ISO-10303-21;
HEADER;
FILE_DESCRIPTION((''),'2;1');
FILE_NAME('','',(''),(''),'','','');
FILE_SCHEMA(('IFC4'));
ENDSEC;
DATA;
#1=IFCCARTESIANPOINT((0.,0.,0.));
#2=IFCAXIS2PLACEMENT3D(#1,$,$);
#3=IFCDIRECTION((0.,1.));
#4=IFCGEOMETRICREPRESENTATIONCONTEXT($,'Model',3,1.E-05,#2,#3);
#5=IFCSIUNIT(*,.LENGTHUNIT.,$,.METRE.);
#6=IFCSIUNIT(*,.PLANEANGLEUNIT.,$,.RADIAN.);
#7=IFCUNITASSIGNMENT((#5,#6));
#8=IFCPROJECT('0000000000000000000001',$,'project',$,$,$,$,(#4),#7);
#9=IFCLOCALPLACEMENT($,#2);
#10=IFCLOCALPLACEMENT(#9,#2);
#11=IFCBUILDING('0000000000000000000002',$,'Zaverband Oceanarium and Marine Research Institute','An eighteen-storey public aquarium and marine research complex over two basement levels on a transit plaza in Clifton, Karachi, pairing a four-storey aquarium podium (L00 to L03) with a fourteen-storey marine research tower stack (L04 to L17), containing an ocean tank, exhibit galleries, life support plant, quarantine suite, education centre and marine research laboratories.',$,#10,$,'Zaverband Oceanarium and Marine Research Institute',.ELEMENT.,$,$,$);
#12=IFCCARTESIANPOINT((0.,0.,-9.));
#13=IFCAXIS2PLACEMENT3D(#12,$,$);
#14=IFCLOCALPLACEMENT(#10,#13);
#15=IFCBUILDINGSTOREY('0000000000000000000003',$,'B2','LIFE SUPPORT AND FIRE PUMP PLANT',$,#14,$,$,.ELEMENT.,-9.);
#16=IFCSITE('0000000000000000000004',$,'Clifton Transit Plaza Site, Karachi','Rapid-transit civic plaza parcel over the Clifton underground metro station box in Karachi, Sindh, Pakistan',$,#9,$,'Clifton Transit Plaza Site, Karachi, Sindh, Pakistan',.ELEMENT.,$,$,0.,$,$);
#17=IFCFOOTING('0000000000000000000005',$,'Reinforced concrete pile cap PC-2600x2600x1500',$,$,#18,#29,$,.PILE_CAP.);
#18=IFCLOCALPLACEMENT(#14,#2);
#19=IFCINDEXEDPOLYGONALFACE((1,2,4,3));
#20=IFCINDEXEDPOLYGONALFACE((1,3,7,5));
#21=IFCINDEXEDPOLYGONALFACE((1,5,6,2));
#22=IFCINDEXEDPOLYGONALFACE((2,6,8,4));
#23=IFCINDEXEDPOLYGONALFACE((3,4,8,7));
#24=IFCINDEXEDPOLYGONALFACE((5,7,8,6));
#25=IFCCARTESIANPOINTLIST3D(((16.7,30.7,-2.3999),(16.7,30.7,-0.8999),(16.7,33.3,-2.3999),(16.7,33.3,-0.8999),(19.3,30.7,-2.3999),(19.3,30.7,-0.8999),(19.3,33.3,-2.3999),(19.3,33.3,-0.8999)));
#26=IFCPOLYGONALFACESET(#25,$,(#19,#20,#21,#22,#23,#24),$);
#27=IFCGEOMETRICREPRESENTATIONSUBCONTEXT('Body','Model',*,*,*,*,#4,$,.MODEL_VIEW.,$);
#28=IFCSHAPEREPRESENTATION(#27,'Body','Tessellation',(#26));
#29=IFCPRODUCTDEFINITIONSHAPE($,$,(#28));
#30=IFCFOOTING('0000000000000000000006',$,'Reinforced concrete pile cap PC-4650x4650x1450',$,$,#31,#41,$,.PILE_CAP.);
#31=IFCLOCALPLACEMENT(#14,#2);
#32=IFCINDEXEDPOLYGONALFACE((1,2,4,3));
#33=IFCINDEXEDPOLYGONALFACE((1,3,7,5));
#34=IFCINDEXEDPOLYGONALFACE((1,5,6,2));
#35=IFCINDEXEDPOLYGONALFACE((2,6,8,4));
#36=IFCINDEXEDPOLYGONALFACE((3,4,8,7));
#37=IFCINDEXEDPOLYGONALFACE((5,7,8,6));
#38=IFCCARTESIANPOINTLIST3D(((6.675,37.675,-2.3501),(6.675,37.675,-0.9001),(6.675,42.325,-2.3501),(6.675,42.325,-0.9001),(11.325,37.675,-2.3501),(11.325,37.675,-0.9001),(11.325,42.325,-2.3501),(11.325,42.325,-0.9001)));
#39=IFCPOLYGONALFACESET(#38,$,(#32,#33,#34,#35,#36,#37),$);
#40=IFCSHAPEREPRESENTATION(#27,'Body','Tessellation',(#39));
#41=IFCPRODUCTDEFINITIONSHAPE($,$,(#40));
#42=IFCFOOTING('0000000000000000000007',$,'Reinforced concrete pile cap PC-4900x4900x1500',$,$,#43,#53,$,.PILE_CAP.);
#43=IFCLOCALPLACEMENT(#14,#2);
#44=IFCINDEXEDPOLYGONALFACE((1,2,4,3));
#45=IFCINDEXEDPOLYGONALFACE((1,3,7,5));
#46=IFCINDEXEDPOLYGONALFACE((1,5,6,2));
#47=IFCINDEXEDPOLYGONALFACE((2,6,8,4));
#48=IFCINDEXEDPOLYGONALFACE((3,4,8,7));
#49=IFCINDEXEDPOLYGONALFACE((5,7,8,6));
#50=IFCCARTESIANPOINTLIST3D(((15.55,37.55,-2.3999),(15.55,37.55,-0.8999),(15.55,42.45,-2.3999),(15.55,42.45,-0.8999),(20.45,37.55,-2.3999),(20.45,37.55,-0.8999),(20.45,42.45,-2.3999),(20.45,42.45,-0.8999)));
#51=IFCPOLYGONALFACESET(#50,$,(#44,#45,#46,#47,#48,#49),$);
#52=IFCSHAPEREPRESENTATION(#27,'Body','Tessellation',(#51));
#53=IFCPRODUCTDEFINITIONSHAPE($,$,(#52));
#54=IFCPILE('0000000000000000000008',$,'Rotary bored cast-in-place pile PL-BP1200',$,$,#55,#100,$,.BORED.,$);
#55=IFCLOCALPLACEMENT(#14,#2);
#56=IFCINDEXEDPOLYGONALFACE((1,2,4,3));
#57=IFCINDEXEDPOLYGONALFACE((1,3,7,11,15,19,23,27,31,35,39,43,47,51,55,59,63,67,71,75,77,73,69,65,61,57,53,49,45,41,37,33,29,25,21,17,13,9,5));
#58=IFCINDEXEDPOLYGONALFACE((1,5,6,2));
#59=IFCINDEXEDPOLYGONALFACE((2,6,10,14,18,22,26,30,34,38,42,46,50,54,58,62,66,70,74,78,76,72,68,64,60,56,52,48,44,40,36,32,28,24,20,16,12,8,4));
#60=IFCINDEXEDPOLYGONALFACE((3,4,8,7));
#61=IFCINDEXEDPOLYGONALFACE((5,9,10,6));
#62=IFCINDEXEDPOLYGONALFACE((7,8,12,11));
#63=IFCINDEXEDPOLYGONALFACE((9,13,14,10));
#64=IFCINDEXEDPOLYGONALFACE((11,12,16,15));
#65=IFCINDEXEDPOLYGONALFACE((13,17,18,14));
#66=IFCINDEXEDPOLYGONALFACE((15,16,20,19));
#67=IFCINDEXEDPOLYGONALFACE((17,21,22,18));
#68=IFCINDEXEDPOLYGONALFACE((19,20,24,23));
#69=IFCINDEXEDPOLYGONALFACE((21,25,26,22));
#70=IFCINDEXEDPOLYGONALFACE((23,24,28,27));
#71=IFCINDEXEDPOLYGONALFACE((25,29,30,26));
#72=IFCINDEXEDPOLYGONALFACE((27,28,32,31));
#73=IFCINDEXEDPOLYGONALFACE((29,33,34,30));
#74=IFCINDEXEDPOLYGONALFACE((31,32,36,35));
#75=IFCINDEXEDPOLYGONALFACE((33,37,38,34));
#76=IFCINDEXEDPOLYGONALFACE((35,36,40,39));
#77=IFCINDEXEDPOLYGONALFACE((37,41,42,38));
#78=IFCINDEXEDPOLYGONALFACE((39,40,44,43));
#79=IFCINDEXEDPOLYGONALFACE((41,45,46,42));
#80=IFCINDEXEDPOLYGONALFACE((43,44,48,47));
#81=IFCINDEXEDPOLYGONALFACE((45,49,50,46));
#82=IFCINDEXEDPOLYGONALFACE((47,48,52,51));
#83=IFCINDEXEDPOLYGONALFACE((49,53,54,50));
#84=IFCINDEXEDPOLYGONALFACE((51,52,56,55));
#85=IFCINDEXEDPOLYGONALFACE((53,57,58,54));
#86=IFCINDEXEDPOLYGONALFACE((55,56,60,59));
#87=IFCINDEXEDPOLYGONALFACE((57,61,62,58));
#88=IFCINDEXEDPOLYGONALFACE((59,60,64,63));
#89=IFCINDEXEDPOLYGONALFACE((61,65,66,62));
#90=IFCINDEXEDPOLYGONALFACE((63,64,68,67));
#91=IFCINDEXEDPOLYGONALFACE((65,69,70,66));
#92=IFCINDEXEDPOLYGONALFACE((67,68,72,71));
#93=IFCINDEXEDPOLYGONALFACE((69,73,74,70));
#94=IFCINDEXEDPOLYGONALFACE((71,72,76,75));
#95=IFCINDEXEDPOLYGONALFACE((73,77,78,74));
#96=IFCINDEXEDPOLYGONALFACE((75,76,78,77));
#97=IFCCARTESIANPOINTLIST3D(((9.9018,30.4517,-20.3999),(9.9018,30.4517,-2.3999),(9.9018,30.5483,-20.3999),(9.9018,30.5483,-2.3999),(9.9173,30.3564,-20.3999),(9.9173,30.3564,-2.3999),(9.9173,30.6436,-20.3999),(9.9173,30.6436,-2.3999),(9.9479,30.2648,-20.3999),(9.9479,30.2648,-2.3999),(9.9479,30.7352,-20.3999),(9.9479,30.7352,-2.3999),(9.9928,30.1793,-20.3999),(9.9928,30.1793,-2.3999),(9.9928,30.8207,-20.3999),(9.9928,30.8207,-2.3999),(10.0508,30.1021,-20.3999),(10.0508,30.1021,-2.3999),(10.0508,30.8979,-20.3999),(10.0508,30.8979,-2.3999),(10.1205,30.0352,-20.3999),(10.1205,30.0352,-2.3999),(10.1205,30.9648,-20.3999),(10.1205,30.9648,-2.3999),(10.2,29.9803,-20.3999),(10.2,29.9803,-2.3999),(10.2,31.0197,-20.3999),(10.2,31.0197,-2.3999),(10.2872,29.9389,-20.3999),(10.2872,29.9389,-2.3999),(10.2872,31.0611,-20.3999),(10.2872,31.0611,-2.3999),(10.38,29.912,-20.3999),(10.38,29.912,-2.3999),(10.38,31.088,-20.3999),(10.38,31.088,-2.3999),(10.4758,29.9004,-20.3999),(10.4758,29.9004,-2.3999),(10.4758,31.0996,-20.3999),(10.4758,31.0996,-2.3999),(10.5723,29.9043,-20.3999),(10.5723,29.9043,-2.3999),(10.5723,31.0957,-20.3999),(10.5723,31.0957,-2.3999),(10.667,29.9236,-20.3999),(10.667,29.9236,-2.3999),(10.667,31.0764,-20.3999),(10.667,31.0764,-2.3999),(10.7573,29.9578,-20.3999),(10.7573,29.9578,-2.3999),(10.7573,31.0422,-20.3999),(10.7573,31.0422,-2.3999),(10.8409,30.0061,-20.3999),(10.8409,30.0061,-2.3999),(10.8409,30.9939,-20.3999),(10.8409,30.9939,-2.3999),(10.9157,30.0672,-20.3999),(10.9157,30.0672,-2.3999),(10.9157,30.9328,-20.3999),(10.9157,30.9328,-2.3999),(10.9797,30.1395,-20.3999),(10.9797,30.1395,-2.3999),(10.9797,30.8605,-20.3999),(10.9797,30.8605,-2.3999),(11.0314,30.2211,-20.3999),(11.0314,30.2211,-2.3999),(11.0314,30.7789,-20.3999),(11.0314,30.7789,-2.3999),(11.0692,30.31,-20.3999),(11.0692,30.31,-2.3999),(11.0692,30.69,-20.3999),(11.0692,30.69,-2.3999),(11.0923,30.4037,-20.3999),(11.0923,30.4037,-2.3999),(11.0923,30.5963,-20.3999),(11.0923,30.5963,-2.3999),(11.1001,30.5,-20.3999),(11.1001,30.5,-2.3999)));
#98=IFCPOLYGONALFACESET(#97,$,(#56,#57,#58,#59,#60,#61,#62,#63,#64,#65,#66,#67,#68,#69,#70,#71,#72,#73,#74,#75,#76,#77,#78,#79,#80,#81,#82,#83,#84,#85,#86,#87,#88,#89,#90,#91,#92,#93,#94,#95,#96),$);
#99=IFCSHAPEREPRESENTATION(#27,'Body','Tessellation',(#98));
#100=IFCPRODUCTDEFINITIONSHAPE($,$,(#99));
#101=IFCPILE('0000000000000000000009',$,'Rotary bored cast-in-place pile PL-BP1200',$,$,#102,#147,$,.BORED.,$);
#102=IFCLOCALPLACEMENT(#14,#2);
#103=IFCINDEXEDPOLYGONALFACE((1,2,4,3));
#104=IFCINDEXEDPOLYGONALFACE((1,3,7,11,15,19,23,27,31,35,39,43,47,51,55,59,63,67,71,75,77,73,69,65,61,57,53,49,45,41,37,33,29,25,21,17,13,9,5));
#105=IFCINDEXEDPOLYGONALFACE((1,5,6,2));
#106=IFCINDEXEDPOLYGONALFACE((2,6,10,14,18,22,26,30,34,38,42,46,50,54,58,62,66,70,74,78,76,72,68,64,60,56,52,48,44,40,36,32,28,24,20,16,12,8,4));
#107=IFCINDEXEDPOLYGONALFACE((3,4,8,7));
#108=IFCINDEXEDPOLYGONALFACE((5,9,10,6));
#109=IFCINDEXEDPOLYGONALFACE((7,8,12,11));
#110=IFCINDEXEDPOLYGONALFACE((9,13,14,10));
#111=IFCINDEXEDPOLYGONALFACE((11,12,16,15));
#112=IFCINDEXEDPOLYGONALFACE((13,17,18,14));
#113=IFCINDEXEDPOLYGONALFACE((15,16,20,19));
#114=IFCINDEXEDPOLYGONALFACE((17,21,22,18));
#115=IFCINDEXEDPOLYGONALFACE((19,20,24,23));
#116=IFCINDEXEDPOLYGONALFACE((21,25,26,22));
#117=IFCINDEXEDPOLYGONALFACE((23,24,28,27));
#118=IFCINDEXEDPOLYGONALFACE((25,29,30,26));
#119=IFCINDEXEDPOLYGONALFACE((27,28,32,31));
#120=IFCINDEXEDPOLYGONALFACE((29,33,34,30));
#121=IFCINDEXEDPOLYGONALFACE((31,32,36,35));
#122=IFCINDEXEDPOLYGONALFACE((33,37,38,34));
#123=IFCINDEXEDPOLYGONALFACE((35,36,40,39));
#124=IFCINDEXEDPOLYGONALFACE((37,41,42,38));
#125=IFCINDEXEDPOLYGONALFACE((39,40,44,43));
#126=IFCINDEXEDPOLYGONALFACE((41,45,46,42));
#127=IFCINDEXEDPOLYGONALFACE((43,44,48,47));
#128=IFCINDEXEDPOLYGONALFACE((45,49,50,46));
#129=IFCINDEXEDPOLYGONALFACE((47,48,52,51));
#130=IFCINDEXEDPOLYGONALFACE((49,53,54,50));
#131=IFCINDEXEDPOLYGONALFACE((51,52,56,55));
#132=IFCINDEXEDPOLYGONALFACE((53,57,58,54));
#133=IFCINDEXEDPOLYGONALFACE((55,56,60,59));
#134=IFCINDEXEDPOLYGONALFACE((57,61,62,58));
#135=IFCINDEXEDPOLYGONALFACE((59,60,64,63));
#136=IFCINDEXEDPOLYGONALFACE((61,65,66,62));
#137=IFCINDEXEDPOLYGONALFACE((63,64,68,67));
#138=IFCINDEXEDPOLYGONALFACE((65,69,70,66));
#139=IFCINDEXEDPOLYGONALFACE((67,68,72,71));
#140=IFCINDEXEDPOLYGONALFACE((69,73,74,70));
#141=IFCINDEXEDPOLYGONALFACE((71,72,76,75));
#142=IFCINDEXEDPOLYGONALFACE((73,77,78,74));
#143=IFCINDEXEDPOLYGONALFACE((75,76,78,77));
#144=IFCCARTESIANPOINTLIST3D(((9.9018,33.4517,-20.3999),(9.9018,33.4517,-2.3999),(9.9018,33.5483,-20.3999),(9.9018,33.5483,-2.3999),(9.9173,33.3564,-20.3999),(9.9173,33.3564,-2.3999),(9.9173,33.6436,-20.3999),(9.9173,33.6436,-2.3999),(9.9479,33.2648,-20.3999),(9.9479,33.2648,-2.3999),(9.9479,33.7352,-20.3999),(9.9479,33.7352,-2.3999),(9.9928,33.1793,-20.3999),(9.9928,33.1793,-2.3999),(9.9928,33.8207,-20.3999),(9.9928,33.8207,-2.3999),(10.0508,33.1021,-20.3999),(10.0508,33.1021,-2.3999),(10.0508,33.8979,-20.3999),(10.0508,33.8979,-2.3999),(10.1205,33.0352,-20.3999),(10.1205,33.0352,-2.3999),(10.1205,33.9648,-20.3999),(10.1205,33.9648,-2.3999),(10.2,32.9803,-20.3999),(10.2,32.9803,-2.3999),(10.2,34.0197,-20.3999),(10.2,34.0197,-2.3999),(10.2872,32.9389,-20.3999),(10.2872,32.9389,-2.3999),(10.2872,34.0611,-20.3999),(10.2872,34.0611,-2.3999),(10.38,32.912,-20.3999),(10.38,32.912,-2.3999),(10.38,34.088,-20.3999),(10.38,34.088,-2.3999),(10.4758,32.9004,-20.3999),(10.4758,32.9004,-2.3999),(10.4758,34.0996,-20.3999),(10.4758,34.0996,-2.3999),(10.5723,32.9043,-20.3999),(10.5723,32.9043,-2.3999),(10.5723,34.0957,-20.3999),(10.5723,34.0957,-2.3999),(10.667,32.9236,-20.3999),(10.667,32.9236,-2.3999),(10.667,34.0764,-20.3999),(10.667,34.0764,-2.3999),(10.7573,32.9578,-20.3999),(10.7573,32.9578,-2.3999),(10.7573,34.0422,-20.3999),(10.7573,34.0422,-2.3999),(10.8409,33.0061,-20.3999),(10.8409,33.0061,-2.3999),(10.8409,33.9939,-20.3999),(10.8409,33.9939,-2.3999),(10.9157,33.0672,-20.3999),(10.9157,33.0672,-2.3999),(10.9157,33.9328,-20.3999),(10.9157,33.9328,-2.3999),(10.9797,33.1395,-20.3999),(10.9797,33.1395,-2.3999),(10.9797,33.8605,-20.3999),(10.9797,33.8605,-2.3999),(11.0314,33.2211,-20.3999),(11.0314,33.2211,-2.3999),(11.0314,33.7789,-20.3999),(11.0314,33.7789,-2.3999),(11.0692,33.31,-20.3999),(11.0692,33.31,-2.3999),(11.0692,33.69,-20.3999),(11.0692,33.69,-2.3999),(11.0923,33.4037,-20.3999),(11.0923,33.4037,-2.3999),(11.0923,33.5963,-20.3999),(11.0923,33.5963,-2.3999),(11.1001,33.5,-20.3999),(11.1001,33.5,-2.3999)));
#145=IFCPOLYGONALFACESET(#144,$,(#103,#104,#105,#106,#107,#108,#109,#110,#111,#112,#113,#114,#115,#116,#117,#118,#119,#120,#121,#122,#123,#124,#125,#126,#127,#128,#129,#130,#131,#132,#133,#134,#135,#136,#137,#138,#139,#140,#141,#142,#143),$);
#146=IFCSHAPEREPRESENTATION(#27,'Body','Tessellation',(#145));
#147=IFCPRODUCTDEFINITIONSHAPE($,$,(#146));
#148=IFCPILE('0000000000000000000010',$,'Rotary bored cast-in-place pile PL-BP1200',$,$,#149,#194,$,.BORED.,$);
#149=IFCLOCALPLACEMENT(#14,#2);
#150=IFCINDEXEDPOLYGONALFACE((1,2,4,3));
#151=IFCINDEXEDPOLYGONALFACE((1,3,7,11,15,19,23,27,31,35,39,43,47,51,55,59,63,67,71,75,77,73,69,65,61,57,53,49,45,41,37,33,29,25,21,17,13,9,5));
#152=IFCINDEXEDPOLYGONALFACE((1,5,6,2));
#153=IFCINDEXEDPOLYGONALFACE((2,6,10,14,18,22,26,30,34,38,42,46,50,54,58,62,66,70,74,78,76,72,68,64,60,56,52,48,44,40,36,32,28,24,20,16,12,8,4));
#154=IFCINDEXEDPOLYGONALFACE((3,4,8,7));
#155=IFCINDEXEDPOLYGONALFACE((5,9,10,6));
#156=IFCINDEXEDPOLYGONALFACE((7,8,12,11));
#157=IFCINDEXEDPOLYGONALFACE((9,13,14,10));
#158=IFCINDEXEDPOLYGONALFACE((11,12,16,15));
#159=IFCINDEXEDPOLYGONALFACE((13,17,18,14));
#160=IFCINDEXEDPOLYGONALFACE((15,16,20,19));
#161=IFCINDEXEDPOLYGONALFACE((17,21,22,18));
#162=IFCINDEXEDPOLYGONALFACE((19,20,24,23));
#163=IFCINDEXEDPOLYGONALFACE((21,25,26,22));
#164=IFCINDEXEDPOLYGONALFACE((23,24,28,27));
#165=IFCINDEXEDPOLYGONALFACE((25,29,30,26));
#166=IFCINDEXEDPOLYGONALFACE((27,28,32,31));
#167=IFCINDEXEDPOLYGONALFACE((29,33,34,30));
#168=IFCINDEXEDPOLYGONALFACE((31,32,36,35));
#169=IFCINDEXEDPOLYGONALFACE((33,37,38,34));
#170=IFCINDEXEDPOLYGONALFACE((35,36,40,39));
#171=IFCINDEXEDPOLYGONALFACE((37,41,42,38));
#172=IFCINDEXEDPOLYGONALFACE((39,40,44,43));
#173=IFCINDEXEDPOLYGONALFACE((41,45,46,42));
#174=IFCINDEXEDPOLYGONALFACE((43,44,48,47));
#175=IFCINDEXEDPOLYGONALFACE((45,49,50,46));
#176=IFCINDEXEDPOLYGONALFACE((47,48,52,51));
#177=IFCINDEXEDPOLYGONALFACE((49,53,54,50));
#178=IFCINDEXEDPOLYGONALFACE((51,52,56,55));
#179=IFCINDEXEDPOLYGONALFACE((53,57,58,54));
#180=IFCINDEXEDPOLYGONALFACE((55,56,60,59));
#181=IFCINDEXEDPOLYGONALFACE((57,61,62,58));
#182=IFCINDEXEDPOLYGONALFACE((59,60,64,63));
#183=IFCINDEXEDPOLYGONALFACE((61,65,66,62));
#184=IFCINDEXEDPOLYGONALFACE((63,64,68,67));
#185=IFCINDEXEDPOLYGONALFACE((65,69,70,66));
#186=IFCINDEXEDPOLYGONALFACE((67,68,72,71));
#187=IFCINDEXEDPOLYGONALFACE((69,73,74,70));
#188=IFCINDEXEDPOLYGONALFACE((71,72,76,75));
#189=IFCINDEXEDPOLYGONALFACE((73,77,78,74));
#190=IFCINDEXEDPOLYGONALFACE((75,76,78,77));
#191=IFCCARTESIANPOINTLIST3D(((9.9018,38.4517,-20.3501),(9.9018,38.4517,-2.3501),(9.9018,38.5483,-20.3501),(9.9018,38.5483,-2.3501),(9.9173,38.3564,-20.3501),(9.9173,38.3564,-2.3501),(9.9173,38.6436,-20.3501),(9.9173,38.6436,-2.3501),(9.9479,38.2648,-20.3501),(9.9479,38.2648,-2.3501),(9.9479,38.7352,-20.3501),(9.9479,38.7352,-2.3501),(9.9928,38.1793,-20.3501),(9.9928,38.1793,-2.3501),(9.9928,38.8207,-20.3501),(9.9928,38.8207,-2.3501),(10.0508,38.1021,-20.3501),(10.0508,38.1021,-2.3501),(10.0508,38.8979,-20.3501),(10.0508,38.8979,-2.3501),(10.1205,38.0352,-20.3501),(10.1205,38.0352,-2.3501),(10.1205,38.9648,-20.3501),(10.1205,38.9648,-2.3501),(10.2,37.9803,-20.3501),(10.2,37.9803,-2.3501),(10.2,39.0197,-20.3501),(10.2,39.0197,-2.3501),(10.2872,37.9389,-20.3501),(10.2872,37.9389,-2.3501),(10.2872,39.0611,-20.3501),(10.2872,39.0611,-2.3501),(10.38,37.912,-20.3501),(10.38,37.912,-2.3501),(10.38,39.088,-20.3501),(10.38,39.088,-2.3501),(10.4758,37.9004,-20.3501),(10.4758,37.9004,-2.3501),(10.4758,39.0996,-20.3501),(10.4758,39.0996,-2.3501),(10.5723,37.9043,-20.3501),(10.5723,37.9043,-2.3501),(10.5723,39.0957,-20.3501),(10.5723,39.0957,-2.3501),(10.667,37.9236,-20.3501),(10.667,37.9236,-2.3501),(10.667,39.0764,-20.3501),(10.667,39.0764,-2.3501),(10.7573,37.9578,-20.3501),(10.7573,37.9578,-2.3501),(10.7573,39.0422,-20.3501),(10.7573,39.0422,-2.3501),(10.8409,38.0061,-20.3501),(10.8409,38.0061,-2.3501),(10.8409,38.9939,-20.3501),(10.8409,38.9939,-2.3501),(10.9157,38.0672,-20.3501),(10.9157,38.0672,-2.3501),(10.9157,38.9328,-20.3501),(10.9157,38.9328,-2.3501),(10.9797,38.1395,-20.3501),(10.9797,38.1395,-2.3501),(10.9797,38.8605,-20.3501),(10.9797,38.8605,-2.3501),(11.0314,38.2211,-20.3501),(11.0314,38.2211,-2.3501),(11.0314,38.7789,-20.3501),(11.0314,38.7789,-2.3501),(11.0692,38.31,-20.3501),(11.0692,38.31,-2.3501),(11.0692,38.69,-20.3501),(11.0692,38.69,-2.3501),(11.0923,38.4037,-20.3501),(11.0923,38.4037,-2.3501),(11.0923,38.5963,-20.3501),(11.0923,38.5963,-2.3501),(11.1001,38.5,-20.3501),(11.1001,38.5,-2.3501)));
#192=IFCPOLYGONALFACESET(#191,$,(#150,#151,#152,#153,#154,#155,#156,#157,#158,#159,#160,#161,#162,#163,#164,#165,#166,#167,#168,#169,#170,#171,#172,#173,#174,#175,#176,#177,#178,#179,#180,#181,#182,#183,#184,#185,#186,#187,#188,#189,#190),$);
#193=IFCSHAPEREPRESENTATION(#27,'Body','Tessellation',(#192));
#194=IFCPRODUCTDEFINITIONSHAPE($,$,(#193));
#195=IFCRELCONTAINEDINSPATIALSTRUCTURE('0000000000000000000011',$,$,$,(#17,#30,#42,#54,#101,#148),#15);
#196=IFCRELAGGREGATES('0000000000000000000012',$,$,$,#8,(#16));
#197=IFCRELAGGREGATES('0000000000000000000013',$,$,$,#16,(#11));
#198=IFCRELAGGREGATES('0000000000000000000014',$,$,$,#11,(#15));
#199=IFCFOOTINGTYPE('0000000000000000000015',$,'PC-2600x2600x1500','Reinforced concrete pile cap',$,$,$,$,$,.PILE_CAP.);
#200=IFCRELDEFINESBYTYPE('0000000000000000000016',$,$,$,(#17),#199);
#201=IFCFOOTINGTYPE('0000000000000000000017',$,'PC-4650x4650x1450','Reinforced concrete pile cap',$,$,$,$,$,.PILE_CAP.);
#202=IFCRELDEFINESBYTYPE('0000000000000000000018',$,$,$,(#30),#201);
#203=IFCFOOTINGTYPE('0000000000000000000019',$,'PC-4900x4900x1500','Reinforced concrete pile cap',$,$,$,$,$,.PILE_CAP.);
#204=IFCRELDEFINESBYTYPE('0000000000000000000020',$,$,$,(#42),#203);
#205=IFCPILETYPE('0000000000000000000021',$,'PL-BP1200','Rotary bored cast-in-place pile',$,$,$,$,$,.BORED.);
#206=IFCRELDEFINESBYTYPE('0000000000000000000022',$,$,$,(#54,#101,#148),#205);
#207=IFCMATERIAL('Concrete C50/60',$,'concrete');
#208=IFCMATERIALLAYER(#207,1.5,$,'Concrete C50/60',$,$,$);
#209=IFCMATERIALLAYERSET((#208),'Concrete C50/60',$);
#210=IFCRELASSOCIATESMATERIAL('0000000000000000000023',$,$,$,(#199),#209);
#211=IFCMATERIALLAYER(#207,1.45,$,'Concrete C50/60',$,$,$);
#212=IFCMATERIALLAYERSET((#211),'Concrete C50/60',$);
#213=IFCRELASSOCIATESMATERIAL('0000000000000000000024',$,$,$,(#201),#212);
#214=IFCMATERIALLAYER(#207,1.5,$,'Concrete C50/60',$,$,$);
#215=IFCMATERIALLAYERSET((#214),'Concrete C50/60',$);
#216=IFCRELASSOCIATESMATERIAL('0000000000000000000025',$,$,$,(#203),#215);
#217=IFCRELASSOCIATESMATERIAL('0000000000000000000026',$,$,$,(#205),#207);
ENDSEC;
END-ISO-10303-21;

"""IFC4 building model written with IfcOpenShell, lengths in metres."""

from ifc_helpers import new_model, si_unit, direction, frame, origin, origin_2d, place, context, subcontext, project, spatial, rectangle, circle, extrude, material, layer, layer_set, material_profile, profile_set, type_object, element, save


model = new_model("IFC4")

# Units and contexts
model_context = context("Model", 3, precision=1e-05, world=origin(), true_north=direction((0.0, 1.0)))
body_context = subcontext(model_context, "Body", "Model", "MODEL_VIEW")
ifc_project = project(units=[si_unit("LENGTHUNIT", "METRE"), si_unit("PLANEANGLEUNIT", "RADIAN")], contexts=[model_context])

# Site, building, storey
site_placement = place(None, origin())
site = spatial("IfcSite", under=ifc_project, at=site_placement, Name="Clifton Transit Plaza Site, Karachi", Description="Rapid-transit civic plaza parcel over the Clifton underground metro station box in Karachi, Sindh, Pakistan", LongName="Clifton Transit Plaza Site, Karachi, Sindh, Pakistan", CompositionType="ELEMENT", RefElevation=0.0)
building_placement = place(site_placement, origin())
building = spatial("IfcBuilding", under=site, at=building_placement, Name="Zaverband Oceanarium and Marine Research Institute", Description="An eighteen-storey public aquarium and marine research complex over two basement levels on a transit plaza in Clifton, Karachi, pairing a four-storey aquarium podium (L00 to L03) with a fourteen-storey marine research tower stack (L04 to L17), containing an ocean tank, exhibit galleries, life support plant, quarantine suite, education centre and marine research laboratories.", LongName="Zaverband Oceanarium and Marine Research Institute", CompositionType="ELEMENT")
storey_placement = place(building_placement, frame((0.0, 0.0, -9.0)))
storey = spatial("IfcBuildingStorey", under=building, at=storey_placement, Name="B2", Description="LIFE SUPPORT AND FIRE PUMP PLANT", CompositionType="ELEMENT", Elevation=-9.0)

# Footings
ifc_material_1 = material(Name="Concrete C50/60", Category="concrete")
ifc_layer_1 = layer(ifc_material_1, 1.5, Name="Concrete C50/60")
ifc_layer_set_1 = layer_set([ifc_layer_1], Name="Concrete C50/60")
footing_type_1 = type_object("IfcFootingType", Name="PC-2600x2600x1500", Description="Reinforced concrete pile cap", PredefinedType="PILE_CAP", material=ifc_layer_set_1)
footing_1_placement = place(storey_placement, frame((18.0, 32.0, -2.3999), z_axis=(0.0, 0.0, 1.0), x_axis=(1.0, 0.0, 0.0)))
element("IfcFooting", 1, at=footing_1_placement, inside=storey, type_object=footing_type_1, Name="Reinforced concrete pile cap PC-2600x2600x1500", PredefinedType="PILE_CAP", context=body_context, shape_type="SweptSolid", body=[
    extrude(rectangle(XDim=2.6001, YDim=2.6001, at=origin_2d()), origin(), (0.0, 0.0, 1.0), 1.5),
])
ifc_layer_2 = layer(ifc_material_1, 1.45, Name="Concrete C50/60")
ifc_layer_set_2 = layer_set([ifc_layer_2], Name="Concrete C50/60")
footing_type_2 = type_object("IfcFootingType", Name="PC-4650x4650x1450", Description="Reinforced concrete pile cap", PredefinedType="PILE_CAP", material=ifc_layer_set_2)
footing_2_placement = place(storey_placement, frame((9.0, 40.0, -2.3501), z_axis=(0.0, 0.0, 1.0), x_axis=(1.0, 0.0, 0.0)))
element("IfcFooting", 2, at=footing_2_placement, inside=storey, type_object=footing_type_2, Name="Reinforced concrete pile cap PC-4650x4650x1450", PredefinedType="PILE_CAP", context=body_context, shape_type="SweptSolid", body=[
    extrude(rectangle(XDim=4.6499, YDim=4.6499, at=origin_2d()), origin(), (0.0, 0.0, 1.0), 1.45),
])
ifc_layer_3 = layer(ifc_material_1, 1.5, Name="Concrete C50/60")
ifc_layer_set_3 = layer_set([ifc_layer_3], Name="Concrete C50/60")
footing_type_3 = type_object("IfcFootingType", Name="PC-4900x4900x1500", Description="Reinforced concrete pile cap", PredefinedType="PILE_CAP", material=ifc_layer_set_3)
footing_3_placement = place(storey_placement, frame((18.0, 40.0, -2.3999), z_axis=(0.0, 0.0, 1.0), x_axis=(1.0, 0.0, 0.0)))
element("IfcFooting", 3, at=footing_3_placement, inside=storey, type_object=footing_type_3, Name="Reinforced concrete pile cap PC-4900x4900x1500", PredefinedType="PILE_CAP", context=body_context, shape_type="SweptSolid", body=[
    extrude(rectangle(XDim=4.8999, YDim=4.8999, at=origin_2d()), origin(), (0.0, 0.0, 1.0), 1.5),
])

# Piles
ifc_material_profile_1 = material_profile(ifc_material_1, circle(Radius=0.6001, at=origin_2d()), Name="BP1200")
ifc_profile_set_1 = profile_set([ifc_material_profile_1], Name="Concrete C50/60")
pile_type = type_object("IfcPileType", Name="PL-BP1200", Description="Rotary bored cast-in-place pile", PredefinedType="BORED", material=ifc_profile_set_1)
for number, where, z_axis, x_axis, name in (
    (4, (10.5, 30.5, -2.3999), (0.0, 0.0, -1.0), (1.0, 0.0, 0.0), "Rotary bored cast-in-place pile PL-BP1200"),
    (5, (10.5, 33.5, -2.3999), (0.0, 0.0, -1.0), (1.0, 0.0, 0.0), "Rotary bored cast-in-place pile PL-BP1200"),
    (6, (10.5, 38.5, -2.3501), (0.0, 0.0, -1.0), (1.0, 0.0, 0.0), "Rotary bored cast-in-place pile PL-BP1200"),
):
    element("IfcPile", number, at=place(storey_placement, frame(where, z_axis=z_axis, x_axis=x_axis)), inside=storey, type_object=pile_type, Name=name, PredefinedType="BORED", context=body_context, shape_type="SweptSolid", body=[
        extrude(circle(Radius=0.6001, at=origin_2d()), origin(), (0.0, 0.0, 1.0), 18.0),
    ])

save(model, "model.ifc")
